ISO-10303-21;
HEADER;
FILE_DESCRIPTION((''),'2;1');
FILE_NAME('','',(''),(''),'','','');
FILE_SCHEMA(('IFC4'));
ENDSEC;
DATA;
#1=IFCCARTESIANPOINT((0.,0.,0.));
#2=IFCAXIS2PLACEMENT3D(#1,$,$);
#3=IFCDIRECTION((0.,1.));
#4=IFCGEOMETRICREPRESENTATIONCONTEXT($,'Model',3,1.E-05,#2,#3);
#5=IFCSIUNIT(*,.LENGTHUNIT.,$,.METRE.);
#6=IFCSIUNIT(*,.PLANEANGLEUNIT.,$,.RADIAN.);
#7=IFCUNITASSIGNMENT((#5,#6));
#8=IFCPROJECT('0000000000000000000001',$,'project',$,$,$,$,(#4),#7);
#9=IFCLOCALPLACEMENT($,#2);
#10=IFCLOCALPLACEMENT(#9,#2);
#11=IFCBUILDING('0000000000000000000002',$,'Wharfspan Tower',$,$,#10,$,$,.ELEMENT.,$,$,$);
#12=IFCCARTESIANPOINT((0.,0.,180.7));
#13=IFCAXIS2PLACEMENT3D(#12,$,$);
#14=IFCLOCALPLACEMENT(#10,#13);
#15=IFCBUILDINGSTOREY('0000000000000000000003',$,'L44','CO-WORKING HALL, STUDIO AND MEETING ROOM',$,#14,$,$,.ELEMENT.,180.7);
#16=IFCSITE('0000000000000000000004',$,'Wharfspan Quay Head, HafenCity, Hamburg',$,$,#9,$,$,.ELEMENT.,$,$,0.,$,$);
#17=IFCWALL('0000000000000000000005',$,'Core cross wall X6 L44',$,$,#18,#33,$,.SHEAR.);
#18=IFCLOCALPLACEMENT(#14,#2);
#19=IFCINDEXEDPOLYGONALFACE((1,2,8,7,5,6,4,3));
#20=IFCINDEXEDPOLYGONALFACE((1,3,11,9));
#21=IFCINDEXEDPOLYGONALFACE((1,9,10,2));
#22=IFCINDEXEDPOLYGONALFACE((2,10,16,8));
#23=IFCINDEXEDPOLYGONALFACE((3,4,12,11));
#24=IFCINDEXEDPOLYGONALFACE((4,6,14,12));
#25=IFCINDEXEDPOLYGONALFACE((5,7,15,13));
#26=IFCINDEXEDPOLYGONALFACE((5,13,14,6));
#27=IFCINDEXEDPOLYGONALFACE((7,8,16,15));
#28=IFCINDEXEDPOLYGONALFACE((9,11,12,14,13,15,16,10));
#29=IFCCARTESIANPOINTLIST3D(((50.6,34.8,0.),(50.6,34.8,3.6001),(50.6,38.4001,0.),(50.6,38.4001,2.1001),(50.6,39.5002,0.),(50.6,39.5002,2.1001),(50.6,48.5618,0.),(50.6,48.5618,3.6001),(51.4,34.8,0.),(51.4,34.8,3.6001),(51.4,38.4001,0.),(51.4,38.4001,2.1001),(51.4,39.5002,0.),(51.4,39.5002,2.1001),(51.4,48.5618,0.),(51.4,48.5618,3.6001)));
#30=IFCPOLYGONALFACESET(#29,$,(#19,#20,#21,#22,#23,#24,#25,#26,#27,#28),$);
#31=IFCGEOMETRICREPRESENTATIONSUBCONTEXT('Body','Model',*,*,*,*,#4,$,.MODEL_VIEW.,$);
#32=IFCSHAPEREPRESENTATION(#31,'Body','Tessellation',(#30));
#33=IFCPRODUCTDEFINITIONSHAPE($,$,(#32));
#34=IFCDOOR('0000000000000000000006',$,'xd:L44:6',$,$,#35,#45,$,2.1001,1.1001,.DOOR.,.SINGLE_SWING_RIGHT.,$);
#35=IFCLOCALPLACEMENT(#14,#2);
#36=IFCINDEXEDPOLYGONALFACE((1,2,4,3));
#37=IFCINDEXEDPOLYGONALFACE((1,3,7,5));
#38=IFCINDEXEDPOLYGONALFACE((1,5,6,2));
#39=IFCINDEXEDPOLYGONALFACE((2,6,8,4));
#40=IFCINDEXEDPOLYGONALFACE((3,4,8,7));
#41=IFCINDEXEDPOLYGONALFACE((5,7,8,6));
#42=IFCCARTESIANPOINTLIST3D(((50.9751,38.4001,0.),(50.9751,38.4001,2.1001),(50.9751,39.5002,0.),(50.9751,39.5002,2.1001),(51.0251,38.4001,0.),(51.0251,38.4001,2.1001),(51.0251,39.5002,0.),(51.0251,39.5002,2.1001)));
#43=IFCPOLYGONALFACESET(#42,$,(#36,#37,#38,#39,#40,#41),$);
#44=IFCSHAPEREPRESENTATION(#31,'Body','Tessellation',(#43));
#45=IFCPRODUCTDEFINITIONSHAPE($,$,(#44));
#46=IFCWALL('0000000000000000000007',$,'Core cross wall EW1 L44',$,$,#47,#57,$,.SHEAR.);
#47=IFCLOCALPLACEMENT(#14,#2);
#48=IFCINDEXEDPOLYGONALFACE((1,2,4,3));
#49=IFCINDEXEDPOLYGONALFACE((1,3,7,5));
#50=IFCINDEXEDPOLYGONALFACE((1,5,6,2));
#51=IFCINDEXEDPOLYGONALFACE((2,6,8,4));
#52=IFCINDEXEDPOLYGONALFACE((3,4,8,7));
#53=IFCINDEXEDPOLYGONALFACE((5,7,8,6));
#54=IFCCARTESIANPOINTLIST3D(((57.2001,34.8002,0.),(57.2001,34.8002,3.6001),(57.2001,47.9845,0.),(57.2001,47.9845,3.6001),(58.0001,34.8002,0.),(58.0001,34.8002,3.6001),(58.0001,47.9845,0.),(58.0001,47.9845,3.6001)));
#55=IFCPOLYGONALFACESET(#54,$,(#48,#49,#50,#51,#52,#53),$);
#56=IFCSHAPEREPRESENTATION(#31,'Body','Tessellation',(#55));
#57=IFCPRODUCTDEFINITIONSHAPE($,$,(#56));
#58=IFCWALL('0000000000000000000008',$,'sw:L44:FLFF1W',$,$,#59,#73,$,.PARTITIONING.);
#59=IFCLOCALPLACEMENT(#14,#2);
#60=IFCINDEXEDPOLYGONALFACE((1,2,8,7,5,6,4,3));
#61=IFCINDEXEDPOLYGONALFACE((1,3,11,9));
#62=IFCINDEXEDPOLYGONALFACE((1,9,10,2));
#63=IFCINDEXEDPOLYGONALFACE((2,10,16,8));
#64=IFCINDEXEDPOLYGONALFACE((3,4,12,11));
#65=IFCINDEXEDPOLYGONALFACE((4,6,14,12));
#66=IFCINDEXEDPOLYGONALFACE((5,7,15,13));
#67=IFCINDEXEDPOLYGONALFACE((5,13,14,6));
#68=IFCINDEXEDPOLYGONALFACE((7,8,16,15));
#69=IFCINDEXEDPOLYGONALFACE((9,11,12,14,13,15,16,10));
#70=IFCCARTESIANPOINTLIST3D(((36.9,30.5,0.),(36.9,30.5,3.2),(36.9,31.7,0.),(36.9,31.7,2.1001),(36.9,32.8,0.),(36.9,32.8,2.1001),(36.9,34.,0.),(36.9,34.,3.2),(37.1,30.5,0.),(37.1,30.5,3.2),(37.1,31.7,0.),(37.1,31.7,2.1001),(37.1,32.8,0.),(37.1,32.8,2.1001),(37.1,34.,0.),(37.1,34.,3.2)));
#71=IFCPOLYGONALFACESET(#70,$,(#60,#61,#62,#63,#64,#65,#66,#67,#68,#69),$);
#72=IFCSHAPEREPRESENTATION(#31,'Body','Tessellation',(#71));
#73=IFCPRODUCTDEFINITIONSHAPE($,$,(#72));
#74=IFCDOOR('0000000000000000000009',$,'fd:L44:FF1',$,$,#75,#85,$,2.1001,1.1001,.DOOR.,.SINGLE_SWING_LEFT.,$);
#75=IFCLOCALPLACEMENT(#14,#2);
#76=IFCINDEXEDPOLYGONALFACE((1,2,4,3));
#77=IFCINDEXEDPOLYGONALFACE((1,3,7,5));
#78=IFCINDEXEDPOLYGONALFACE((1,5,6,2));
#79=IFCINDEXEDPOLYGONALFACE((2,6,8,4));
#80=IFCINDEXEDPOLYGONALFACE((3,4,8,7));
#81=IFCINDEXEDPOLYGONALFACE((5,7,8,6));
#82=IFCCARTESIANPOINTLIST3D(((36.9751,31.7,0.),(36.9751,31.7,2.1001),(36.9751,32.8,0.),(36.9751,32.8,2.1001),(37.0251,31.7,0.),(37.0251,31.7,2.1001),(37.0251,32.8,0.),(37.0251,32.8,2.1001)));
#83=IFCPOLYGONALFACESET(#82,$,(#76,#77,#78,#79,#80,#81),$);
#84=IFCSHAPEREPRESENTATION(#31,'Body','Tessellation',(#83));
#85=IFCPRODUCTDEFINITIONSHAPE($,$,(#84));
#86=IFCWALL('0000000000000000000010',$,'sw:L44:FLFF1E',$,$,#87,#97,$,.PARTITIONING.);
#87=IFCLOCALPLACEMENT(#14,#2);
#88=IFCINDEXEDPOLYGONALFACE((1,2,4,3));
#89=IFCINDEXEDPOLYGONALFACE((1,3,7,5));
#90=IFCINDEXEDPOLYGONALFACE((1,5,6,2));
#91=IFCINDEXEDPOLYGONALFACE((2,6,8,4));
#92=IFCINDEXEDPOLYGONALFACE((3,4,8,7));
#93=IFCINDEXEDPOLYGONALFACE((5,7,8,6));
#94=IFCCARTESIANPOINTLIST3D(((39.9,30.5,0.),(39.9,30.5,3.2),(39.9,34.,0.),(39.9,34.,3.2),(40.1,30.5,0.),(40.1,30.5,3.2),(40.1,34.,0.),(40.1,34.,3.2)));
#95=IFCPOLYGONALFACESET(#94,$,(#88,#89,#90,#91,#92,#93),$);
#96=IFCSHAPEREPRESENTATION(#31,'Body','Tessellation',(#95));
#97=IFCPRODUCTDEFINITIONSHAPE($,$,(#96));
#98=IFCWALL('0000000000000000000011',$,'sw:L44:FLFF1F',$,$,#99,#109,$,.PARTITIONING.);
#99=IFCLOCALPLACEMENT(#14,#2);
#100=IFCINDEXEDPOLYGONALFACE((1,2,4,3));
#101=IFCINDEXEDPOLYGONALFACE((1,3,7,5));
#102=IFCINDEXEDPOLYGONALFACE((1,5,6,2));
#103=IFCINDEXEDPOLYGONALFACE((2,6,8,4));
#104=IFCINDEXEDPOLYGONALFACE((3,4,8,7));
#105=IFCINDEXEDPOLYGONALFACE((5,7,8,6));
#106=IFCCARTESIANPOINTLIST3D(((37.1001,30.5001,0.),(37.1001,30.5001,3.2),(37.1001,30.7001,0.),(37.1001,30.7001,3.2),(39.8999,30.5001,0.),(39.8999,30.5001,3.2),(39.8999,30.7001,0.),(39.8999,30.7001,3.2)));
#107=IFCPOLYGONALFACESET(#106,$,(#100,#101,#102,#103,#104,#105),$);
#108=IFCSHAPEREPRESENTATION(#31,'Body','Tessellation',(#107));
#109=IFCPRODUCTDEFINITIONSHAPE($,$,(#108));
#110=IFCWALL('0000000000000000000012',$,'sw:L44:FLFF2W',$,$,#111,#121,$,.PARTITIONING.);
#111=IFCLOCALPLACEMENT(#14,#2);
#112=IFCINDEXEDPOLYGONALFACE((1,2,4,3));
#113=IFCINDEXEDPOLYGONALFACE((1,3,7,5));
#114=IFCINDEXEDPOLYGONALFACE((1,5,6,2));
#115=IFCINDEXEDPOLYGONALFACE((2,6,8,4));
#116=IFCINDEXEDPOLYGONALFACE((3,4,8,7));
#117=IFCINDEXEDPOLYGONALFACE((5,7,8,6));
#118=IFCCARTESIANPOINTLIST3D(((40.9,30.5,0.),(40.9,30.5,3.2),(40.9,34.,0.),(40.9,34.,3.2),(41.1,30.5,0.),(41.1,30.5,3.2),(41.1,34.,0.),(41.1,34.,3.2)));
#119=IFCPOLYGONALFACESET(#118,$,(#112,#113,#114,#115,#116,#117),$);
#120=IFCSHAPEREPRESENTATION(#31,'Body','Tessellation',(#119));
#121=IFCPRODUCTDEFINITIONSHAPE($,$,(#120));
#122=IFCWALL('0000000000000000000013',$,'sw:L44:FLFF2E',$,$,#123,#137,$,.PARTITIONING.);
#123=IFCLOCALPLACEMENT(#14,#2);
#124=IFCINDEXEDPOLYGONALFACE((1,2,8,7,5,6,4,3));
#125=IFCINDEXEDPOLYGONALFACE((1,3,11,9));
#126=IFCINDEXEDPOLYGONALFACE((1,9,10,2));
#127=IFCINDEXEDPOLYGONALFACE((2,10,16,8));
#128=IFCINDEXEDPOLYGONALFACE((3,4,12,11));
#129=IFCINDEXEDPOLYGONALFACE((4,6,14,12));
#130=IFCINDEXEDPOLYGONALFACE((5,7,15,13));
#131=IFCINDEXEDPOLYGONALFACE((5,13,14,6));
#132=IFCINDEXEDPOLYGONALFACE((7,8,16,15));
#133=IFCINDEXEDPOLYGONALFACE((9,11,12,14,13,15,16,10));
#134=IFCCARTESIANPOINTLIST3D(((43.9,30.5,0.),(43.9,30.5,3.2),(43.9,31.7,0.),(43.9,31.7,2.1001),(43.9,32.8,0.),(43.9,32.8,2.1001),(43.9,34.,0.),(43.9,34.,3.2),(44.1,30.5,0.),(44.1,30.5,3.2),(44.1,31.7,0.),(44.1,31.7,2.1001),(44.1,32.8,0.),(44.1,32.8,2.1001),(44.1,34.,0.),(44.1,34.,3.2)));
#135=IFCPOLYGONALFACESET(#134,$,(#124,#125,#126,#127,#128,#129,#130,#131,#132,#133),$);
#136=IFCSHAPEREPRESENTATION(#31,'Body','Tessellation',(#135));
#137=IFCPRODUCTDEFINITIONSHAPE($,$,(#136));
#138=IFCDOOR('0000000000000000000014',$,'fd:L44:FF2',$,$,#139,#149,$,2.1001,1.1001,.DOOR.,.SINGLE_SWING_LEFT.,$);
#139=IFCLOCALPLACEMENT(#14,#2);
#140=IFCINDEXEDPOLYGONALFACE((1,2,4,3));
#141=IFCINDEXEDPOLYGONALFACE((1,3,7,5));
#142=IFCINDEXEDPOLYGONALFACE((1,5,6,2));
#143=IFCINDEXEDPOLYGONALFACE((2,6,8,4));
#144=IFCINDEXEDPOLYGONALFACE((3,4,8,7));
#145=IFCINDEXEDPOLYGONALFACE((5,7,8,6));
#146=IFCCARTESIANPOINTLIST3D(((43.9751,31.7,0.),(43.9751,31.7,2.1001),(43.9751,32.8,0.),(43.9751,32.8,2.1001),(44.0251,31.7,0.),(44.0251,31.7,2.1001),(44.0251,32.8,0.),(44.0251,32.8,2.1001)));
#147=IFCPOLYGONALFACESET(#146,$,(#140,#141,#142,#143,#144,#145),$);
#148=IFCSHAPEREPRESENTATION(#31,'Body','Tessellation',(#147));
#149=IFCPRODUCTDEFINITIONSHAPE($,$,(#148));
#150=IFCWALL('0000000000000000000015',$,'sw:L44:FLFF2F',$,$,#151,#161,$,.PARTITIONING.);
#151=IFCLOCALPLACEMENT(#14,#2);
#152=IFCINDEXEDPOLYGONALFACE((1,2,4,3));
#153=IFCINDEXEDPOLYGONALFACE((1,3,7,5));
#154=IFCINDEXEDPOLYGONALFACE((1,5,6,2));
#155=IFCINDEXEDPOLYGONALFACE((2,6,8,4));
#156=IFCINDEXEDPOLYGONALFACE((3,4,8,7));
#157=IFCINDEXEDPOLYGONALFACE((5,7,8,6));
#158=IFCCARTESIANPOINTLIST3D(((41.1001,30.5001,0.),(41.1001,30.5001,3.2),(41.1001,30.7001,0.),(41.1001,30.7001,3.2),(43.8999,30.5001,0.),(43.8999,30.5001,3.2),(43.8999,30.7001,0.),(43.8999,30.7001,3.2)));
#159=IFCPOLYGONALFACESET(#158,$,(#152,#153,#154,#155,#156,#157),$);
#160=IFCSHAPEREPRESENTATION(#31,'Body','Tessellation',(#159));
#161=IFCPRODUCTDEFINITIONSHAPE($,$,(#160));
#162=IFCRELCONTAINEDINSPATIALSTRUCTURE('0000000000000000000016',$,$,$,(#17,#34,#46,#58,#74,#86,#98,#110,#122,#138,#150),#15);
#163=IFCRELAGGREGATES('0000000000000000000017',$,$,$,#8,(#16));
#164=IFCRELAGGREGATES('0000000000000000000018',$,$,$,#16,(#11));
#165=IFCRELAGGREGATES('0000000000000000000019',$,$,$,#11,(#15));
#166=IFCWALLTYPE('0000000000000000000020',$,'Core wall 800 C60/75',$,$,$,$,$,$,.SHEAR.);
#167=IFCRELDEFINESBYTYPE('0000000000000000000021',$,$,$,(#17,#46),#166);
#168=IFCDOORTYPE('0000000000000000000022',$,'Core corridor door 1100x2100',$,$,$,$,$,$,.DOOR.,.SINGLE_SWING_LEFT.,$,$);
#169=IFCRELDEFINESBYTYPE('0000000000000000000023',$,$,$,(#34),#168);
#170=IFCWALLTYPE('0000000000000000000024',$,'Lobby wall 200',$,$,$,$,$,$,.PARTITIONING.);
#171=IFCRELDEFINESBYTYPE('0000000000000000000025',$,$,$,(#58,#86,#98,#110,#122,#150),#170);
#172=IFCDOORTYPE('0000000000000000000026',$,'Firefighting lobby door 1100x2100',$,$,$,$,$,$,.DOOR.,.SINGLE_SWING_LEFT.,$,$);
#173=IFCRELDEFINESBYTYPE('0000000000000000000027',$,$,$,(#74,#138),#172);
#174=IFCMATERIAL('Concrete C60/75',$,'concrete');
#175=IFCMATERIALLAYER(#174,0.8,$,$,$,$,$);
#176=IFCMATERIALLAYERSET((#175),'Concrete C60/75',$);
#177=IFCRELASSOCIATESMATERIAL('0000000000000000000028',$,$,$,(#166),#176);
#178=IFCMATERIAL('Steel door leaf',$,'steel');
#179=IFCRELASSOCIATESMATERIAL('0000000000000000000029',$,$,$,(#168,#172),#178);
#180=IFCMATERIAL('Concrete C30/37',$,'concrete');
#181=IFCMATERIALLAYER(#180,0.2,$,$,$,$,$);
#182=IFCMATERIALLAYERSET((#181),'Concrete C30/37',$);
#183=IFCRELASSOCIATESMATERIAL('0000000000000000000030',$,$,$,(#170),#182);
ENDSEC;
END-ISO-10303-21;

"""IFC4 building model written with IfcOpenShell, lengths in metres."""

from ifc_helpers import new_model, si_unit, direction, frame, frame_2d, origin, place, context, subcontext, project, spatial, rectangle, extrude, material, layer, layer_set, type_object, element, fill, save


model = new_model("IFC4")

# Units and contexts
model_context = context("Model", 3, precision=1e-05, world=origin(), true_north=direction((0.0, 1.0)))
body_context = subcontext(model_context, "Body", "Model", "MODEL_VIEW")
ifc_project = project(units=[si_unit("LENGTHUNIT", "METRE"), si_unit("PLANEANGLEUNIT", "RADIAN")], contexts=[model_context])

# Site, building, storey
site_placement = place(None, origin())
site = spatial("IfcSite", under=ifc_project, at=site_placement, Name="Wharfspan Quay Head, HafenCity, Hamburg", CompositionType="ELEMENT", RefElevation=0.0)
building_placement = place(site_placement, origin())
building = spatial("IfcBuilding", under=site, at=building_placement, Name="Wharfspan Tower", CompositionType="ELEMENT")
storey_placement = place(building_placement, frame((0.0, 0.0, 180.7)))
storey = spatial("IfcBuildingStorey", under=building, at=storey_placement, Name="L44", Description="CO-WORKING HALL, STUDIO AND MEETING ROOM", CompositionType="ELEMENT", Elevation=180.7)

# Shared definitions
ifc_material_1 = material(Name="Concrete C60/75", Category="concrete")
ifc_layer_1 = layer(ifc_material_1, 0.8)
ifc_layer_set_1 = layer_set([ifc_layer_1], Name="Concrete C60/75")
wall_type_1 = type_object("IfcWallType", Name="Core wall 800 C60/75", PredefinedType="SHEAR", material=ifc_layer_set_1)
ifc_material_2 = material(Name="Steel door leaf", Category="steel")
door_type_1 = type_object("IfcDoorType", Name="Core corridor door 1100x2100", OperationType="SINGLE_SWING_LEFT", PredefinedType="DOOR", material=ifc_material_2)

# Wall, opening, door
wall_1_placement = place(storey_placement, frame((51.0, 34.8, 0.0), z_axis=(0.0, 0.0, 1.0), x_axis=(0.0, 1.0, 0.0)))
wall_1 = element("IfcWall", 1, at=wall_1_placement, inside=storey, type_object=wall_type_1, Name="Core cross wall X6 L44", PredefinedType="SHEAR", context=body_context, shape_type="SweptSolid", body=[
    extrude(rectangle(XDim=13.7617, YDim=0.8, at=frame_2d((6.8809, 0.0))), origin(), (0.0, 0.0, 1.0), 3.6001),
])
opening_1_placement = place(wall_1_placement, frame((3.6001, 0.0, 0.0)))
opening_1 = element("IfcOpeningElement", 2, at=opening_1_placement, cuts=wall_1, PredefinedType="OPENING", context=body_context, shape_type="SweptSolid", body=[
    extrude(rectangle(XDim=1.1001, YDim=2.1001, at=frame_2d((0.55, 1.05))), frame((0.0, 0.4099, 0.0), z_axis=(0.0, -1.0, 0.0), x_axis=(1.0, 0.0, 0.0)), (0.0, 0.0, 1.0), 0.8201),
])
door_1_placement = place(opening_1_placement, origin())
door_1 = element("IfcDoor", 3, at=door_1_placement, inside=storey, type_object=door_type_1, Name="xd:L44:6", OperationType="SINGLE_SWING_RIGHT", OverallHeight=2.1001, OverallWidth=1.1001, PredefinedType="DOOR", context=body_context, shape_type="SweptSolid", body=[
    extrude(rectangle(XDim=1.1001, YDim=2.1001, at=frame_2d((0.55, 1.05))), frame((0.0, 0.0249, 0.0), z_axis=(0.0, -1.0, 0.0), x_axis=(1.0, 0.0, 0.0)), (0.0, 0.0, 1.0), 0.05),
])
fill(opening_1, door_1)

# Wall
wall_2_placement = place(storey_placement, frame((57.6001, 34.8, 0.0), z_axis=(0.0, 0.0, 1.0), x_axis=(0.0, 1.0, 0.0)))
element("IfcWall", 4, at=wall_2_placement, inside=storey, type_object=wall_type_1, Name="Core cross wall EW1 L44", PredefinedType="SHEAR", context=body_context, shape_type="SweptSolid", body=[
    extrude(rectangle(XDim=13.1843, YDim=0.8, at=frame_2d((6.5923, 0.0))), origin(), (0.0, 0.0, 1.0), 3.6001),
])

# Wall, opening, door
ifc_material_3 = material(Name="Concrete C30/37", Category="concrete")
ifc_layer_2 = layer(ifc_material_3, 0.2)
ifc_layer_set_2 = layer_set([ifc_layer_2], Name="Concrete C30/37")
wall_type_2 = type_object("IfcWallType", Name="Lobby wall 200", PredefinedType="PARTITIONING", material=ifc_layer_set_2)
wall_3_placement = place(storey_placement, frame((37.0, 30.5, 0.0), z_axis=(0.0, 0.0, 1.0), x_axis=(0.0, 1.0, 0.0)))
wall_3 = element("IfcWall", 5, at=wall_3_placement, inside=storey, type_object=wall_type_2, Name="sw:L44:FLFF1W", PredefinedType="PARTITIONING", context=body_context, shape_type="SweptSolid", body=[
    extrude(rectangle(XDim=3.5, YDim=0.2, at=frame_2d((1.75, 0.0))), origin(), (0.0, 0.0, 1.0), 3.2),
])
opening_2_placement = place(wall_3_placement, frame((1.2, 0.0, 0.0)))
opening_2 = element("IfcOpeningElement", 6, at=opening_2_placement, cuts=wall_3, PredefinedType="OPENING", context=body_context, shape_type="SweptSolid", body=[
    extrude(rectangle(XDim=1.1001, YDim=2.1001, at=frame_2d((0.55, 1.05))), frame((0.0, 0.1099, 0.0), z_axis=(0.0, -1.0, 0.0), x_axis=(1.0, 0.0, 0.0)), (0.0, 0.0, 1.0), 0.22),
])
door_type_2 = type_object("IfcDoorType", Name="Firefighting lobby door 1100x2100", OperationType="SINGLE_SWING_LEFT", PredefinedType="DOOR", material=ifc_material_2)
door_2_placement = place(opening_2_placement, origin())
door_2 = element("IfcDoor", 7, at=door_2_placement, inside=storey, type_object=door_type_2, Name="fd:L44:FF1", OperationType="SINGLE_SWING_LEFT", OverallHeight=2.1001, OverallWidth=1.1001, PredefinedType="DOOR", context=body_context, shape_type="SweptSolid", body=[
    extrude(rectangle(XDim=1.1001, YDim=2.1001, at=frame_2d((0.55, 1.05))), frame((0.0, 0.0249, 0.0), z_axis=(0.0, -1.0, 0.0), x_axis=(1.0, 0.0, 0.0)), (0.0, 0.0, 1.0), 0.05),
])
fill(opening_2, door_2)

# Walls
wall_4_placement = place(storey_placement, frame((40.0, 30.5, 0.0), z_axis=(0.0, 0.0, 1.0), x_axis=(0.0, 1.0, 0.0)))
element("IfcWall", 8, at=wall_4_placement, inside=storey, type_object=wall_type_2, Name="sw:L44:FLFF1E", PredefinedType="PARTITIONING", context=body_context, shape_type="SweptSolid", body=[
    extrude(rectangle(XDim=3.5, YDim=0.2, at=frame_2d((1.75, 0.0))), origin(), (0.0, 0.0, 1.0), 3.2),
])
wall_5_placement = place(storey_placement, frame((37.1001, 30.6001, 0.0), z_axis=(0.0, 0.0, 1.0), x_axis=(1.0, 0.0, 0.0)))
element("IfcWall", 9, at=wall_5_placement, inside=storey, type_object=wall_type_2, Name="sw:L44:FLFF1F", PredefinedType="PARTITIONING", context=body_context, shape_type="SweptSolid", body=[
    extrude(rectangle(XDim=2.7998, YDim=0.2, at=frame_2d((1.3999, 0.0))), origin(), (0.0, 0.0, 1.0), 3.2),
])
wall_6_placement = place(storey_placement, frame((41.0, 30.5, 0.0), z_axis=(0.0, 0.0, 1.0), x_axis=(0.0, 1.0, 0.0)))
element("IfcWall", 10, at=wall_6_placement, inside=storey, type_object=wall_type_2, Name="sw:L44:FLFF2W", PredefinedType="PARTITIONING", context=body_context, shape_type="SweptSolid", body=[
    extrude(rectangle(XDim=3.5, YDim=0.2, at=frame_2d((1.75, 0.0))), origin(), (0.0, 0.0, 1.0), 3.2),
])

# Wall, opening, door
wall_7_placement = place(storey_placement, frame((44.0, 30.5, 0.0), z_axis=(0.0, 0.0, 1.0), x_axis=(0.0, 1.0, 0.0)))
wall_7 = element("IfcWall", 11, at=wall_7_placement, inside=storey, type_object=wall_type_2, Name="sw:L44:FLFF2E", PredefinedType="PARTITIONING", context=body_context, shape_type="SweptSolid", body=[
    extrude(rectangle(XDim=3.5, YDim=0.2, at=frame_2d((1.75, 0.0))), origin(), (0.0, 0.0, 1.0), 3.2),
])
opening_3_placement = place(wall_7_placement, frame((1.2, 0.0, 0.0)))
opening_3 = element("IfcOpeningElement", 12, at=opening_3_placement, cuts=wall_7, PredefinedType="OPENING", context=body_context, shape_type="SweptSolid", body=[
    extrude(rectangle(XDim=1.1001, YDim=2.1001, at=frame_2d((0.55, 1.05))), frame((0.0, 0.1099, 0.0), z_axis=(0.0, -1.0, 0.0), x_axis=(1.0, 0.0, 0.0)), (0.0, 0.0, 1.0), 0.22),
])
door_3_placement = place(opening_3_placement, origin())
door_3 = element("IfcDoor", 13, at=door_3_placement, inside=storey, type_object=door_type_2, Name="fd:L44:FF2", OperationType="SINGLE_SWING_LEFT", OverallHeight=2.1001, OverallWidth=1.1001, PredefinedType="DOOR", context=body_context, shape_type="SweptSolid", body=[
    extrude(rectangle(XDim=1.1001, YDim=2.1001, at=frame_2d((0.55, 1.05))), frame((0.0, 0.0249, 0.0), z_axis=(0.0, -1.0, 0.0), x_axis=(1.0, 0.0, 0.0)), (0.0, 0.0, 1.0), 0.05),
])
fill(opening_3, door_3)

# Wall
wall_8_placement = place(storey_placement, frame((41.1001, 30.6001, 0.0), z_axis=(0.0, 0.0, 1.0), x_axis=(1.0, 0.0, 0.0)))
element("IfcWall", 14, at=wall_8_placement, inside=storey, type_object=wall_type_2, Name="sw:L44:FLFF2F", PredefinedType="PARTITIONING", context=body_context, shape_type="SweptSolid", body=[
    extrude(rectangle(XDim=2.7998, YDim=0.2, at=frame_2d((1.3999, 0.0))), origin(), (0.0, 0.0, 1.0), 3.2),
])

save(model, "model.ifc")
